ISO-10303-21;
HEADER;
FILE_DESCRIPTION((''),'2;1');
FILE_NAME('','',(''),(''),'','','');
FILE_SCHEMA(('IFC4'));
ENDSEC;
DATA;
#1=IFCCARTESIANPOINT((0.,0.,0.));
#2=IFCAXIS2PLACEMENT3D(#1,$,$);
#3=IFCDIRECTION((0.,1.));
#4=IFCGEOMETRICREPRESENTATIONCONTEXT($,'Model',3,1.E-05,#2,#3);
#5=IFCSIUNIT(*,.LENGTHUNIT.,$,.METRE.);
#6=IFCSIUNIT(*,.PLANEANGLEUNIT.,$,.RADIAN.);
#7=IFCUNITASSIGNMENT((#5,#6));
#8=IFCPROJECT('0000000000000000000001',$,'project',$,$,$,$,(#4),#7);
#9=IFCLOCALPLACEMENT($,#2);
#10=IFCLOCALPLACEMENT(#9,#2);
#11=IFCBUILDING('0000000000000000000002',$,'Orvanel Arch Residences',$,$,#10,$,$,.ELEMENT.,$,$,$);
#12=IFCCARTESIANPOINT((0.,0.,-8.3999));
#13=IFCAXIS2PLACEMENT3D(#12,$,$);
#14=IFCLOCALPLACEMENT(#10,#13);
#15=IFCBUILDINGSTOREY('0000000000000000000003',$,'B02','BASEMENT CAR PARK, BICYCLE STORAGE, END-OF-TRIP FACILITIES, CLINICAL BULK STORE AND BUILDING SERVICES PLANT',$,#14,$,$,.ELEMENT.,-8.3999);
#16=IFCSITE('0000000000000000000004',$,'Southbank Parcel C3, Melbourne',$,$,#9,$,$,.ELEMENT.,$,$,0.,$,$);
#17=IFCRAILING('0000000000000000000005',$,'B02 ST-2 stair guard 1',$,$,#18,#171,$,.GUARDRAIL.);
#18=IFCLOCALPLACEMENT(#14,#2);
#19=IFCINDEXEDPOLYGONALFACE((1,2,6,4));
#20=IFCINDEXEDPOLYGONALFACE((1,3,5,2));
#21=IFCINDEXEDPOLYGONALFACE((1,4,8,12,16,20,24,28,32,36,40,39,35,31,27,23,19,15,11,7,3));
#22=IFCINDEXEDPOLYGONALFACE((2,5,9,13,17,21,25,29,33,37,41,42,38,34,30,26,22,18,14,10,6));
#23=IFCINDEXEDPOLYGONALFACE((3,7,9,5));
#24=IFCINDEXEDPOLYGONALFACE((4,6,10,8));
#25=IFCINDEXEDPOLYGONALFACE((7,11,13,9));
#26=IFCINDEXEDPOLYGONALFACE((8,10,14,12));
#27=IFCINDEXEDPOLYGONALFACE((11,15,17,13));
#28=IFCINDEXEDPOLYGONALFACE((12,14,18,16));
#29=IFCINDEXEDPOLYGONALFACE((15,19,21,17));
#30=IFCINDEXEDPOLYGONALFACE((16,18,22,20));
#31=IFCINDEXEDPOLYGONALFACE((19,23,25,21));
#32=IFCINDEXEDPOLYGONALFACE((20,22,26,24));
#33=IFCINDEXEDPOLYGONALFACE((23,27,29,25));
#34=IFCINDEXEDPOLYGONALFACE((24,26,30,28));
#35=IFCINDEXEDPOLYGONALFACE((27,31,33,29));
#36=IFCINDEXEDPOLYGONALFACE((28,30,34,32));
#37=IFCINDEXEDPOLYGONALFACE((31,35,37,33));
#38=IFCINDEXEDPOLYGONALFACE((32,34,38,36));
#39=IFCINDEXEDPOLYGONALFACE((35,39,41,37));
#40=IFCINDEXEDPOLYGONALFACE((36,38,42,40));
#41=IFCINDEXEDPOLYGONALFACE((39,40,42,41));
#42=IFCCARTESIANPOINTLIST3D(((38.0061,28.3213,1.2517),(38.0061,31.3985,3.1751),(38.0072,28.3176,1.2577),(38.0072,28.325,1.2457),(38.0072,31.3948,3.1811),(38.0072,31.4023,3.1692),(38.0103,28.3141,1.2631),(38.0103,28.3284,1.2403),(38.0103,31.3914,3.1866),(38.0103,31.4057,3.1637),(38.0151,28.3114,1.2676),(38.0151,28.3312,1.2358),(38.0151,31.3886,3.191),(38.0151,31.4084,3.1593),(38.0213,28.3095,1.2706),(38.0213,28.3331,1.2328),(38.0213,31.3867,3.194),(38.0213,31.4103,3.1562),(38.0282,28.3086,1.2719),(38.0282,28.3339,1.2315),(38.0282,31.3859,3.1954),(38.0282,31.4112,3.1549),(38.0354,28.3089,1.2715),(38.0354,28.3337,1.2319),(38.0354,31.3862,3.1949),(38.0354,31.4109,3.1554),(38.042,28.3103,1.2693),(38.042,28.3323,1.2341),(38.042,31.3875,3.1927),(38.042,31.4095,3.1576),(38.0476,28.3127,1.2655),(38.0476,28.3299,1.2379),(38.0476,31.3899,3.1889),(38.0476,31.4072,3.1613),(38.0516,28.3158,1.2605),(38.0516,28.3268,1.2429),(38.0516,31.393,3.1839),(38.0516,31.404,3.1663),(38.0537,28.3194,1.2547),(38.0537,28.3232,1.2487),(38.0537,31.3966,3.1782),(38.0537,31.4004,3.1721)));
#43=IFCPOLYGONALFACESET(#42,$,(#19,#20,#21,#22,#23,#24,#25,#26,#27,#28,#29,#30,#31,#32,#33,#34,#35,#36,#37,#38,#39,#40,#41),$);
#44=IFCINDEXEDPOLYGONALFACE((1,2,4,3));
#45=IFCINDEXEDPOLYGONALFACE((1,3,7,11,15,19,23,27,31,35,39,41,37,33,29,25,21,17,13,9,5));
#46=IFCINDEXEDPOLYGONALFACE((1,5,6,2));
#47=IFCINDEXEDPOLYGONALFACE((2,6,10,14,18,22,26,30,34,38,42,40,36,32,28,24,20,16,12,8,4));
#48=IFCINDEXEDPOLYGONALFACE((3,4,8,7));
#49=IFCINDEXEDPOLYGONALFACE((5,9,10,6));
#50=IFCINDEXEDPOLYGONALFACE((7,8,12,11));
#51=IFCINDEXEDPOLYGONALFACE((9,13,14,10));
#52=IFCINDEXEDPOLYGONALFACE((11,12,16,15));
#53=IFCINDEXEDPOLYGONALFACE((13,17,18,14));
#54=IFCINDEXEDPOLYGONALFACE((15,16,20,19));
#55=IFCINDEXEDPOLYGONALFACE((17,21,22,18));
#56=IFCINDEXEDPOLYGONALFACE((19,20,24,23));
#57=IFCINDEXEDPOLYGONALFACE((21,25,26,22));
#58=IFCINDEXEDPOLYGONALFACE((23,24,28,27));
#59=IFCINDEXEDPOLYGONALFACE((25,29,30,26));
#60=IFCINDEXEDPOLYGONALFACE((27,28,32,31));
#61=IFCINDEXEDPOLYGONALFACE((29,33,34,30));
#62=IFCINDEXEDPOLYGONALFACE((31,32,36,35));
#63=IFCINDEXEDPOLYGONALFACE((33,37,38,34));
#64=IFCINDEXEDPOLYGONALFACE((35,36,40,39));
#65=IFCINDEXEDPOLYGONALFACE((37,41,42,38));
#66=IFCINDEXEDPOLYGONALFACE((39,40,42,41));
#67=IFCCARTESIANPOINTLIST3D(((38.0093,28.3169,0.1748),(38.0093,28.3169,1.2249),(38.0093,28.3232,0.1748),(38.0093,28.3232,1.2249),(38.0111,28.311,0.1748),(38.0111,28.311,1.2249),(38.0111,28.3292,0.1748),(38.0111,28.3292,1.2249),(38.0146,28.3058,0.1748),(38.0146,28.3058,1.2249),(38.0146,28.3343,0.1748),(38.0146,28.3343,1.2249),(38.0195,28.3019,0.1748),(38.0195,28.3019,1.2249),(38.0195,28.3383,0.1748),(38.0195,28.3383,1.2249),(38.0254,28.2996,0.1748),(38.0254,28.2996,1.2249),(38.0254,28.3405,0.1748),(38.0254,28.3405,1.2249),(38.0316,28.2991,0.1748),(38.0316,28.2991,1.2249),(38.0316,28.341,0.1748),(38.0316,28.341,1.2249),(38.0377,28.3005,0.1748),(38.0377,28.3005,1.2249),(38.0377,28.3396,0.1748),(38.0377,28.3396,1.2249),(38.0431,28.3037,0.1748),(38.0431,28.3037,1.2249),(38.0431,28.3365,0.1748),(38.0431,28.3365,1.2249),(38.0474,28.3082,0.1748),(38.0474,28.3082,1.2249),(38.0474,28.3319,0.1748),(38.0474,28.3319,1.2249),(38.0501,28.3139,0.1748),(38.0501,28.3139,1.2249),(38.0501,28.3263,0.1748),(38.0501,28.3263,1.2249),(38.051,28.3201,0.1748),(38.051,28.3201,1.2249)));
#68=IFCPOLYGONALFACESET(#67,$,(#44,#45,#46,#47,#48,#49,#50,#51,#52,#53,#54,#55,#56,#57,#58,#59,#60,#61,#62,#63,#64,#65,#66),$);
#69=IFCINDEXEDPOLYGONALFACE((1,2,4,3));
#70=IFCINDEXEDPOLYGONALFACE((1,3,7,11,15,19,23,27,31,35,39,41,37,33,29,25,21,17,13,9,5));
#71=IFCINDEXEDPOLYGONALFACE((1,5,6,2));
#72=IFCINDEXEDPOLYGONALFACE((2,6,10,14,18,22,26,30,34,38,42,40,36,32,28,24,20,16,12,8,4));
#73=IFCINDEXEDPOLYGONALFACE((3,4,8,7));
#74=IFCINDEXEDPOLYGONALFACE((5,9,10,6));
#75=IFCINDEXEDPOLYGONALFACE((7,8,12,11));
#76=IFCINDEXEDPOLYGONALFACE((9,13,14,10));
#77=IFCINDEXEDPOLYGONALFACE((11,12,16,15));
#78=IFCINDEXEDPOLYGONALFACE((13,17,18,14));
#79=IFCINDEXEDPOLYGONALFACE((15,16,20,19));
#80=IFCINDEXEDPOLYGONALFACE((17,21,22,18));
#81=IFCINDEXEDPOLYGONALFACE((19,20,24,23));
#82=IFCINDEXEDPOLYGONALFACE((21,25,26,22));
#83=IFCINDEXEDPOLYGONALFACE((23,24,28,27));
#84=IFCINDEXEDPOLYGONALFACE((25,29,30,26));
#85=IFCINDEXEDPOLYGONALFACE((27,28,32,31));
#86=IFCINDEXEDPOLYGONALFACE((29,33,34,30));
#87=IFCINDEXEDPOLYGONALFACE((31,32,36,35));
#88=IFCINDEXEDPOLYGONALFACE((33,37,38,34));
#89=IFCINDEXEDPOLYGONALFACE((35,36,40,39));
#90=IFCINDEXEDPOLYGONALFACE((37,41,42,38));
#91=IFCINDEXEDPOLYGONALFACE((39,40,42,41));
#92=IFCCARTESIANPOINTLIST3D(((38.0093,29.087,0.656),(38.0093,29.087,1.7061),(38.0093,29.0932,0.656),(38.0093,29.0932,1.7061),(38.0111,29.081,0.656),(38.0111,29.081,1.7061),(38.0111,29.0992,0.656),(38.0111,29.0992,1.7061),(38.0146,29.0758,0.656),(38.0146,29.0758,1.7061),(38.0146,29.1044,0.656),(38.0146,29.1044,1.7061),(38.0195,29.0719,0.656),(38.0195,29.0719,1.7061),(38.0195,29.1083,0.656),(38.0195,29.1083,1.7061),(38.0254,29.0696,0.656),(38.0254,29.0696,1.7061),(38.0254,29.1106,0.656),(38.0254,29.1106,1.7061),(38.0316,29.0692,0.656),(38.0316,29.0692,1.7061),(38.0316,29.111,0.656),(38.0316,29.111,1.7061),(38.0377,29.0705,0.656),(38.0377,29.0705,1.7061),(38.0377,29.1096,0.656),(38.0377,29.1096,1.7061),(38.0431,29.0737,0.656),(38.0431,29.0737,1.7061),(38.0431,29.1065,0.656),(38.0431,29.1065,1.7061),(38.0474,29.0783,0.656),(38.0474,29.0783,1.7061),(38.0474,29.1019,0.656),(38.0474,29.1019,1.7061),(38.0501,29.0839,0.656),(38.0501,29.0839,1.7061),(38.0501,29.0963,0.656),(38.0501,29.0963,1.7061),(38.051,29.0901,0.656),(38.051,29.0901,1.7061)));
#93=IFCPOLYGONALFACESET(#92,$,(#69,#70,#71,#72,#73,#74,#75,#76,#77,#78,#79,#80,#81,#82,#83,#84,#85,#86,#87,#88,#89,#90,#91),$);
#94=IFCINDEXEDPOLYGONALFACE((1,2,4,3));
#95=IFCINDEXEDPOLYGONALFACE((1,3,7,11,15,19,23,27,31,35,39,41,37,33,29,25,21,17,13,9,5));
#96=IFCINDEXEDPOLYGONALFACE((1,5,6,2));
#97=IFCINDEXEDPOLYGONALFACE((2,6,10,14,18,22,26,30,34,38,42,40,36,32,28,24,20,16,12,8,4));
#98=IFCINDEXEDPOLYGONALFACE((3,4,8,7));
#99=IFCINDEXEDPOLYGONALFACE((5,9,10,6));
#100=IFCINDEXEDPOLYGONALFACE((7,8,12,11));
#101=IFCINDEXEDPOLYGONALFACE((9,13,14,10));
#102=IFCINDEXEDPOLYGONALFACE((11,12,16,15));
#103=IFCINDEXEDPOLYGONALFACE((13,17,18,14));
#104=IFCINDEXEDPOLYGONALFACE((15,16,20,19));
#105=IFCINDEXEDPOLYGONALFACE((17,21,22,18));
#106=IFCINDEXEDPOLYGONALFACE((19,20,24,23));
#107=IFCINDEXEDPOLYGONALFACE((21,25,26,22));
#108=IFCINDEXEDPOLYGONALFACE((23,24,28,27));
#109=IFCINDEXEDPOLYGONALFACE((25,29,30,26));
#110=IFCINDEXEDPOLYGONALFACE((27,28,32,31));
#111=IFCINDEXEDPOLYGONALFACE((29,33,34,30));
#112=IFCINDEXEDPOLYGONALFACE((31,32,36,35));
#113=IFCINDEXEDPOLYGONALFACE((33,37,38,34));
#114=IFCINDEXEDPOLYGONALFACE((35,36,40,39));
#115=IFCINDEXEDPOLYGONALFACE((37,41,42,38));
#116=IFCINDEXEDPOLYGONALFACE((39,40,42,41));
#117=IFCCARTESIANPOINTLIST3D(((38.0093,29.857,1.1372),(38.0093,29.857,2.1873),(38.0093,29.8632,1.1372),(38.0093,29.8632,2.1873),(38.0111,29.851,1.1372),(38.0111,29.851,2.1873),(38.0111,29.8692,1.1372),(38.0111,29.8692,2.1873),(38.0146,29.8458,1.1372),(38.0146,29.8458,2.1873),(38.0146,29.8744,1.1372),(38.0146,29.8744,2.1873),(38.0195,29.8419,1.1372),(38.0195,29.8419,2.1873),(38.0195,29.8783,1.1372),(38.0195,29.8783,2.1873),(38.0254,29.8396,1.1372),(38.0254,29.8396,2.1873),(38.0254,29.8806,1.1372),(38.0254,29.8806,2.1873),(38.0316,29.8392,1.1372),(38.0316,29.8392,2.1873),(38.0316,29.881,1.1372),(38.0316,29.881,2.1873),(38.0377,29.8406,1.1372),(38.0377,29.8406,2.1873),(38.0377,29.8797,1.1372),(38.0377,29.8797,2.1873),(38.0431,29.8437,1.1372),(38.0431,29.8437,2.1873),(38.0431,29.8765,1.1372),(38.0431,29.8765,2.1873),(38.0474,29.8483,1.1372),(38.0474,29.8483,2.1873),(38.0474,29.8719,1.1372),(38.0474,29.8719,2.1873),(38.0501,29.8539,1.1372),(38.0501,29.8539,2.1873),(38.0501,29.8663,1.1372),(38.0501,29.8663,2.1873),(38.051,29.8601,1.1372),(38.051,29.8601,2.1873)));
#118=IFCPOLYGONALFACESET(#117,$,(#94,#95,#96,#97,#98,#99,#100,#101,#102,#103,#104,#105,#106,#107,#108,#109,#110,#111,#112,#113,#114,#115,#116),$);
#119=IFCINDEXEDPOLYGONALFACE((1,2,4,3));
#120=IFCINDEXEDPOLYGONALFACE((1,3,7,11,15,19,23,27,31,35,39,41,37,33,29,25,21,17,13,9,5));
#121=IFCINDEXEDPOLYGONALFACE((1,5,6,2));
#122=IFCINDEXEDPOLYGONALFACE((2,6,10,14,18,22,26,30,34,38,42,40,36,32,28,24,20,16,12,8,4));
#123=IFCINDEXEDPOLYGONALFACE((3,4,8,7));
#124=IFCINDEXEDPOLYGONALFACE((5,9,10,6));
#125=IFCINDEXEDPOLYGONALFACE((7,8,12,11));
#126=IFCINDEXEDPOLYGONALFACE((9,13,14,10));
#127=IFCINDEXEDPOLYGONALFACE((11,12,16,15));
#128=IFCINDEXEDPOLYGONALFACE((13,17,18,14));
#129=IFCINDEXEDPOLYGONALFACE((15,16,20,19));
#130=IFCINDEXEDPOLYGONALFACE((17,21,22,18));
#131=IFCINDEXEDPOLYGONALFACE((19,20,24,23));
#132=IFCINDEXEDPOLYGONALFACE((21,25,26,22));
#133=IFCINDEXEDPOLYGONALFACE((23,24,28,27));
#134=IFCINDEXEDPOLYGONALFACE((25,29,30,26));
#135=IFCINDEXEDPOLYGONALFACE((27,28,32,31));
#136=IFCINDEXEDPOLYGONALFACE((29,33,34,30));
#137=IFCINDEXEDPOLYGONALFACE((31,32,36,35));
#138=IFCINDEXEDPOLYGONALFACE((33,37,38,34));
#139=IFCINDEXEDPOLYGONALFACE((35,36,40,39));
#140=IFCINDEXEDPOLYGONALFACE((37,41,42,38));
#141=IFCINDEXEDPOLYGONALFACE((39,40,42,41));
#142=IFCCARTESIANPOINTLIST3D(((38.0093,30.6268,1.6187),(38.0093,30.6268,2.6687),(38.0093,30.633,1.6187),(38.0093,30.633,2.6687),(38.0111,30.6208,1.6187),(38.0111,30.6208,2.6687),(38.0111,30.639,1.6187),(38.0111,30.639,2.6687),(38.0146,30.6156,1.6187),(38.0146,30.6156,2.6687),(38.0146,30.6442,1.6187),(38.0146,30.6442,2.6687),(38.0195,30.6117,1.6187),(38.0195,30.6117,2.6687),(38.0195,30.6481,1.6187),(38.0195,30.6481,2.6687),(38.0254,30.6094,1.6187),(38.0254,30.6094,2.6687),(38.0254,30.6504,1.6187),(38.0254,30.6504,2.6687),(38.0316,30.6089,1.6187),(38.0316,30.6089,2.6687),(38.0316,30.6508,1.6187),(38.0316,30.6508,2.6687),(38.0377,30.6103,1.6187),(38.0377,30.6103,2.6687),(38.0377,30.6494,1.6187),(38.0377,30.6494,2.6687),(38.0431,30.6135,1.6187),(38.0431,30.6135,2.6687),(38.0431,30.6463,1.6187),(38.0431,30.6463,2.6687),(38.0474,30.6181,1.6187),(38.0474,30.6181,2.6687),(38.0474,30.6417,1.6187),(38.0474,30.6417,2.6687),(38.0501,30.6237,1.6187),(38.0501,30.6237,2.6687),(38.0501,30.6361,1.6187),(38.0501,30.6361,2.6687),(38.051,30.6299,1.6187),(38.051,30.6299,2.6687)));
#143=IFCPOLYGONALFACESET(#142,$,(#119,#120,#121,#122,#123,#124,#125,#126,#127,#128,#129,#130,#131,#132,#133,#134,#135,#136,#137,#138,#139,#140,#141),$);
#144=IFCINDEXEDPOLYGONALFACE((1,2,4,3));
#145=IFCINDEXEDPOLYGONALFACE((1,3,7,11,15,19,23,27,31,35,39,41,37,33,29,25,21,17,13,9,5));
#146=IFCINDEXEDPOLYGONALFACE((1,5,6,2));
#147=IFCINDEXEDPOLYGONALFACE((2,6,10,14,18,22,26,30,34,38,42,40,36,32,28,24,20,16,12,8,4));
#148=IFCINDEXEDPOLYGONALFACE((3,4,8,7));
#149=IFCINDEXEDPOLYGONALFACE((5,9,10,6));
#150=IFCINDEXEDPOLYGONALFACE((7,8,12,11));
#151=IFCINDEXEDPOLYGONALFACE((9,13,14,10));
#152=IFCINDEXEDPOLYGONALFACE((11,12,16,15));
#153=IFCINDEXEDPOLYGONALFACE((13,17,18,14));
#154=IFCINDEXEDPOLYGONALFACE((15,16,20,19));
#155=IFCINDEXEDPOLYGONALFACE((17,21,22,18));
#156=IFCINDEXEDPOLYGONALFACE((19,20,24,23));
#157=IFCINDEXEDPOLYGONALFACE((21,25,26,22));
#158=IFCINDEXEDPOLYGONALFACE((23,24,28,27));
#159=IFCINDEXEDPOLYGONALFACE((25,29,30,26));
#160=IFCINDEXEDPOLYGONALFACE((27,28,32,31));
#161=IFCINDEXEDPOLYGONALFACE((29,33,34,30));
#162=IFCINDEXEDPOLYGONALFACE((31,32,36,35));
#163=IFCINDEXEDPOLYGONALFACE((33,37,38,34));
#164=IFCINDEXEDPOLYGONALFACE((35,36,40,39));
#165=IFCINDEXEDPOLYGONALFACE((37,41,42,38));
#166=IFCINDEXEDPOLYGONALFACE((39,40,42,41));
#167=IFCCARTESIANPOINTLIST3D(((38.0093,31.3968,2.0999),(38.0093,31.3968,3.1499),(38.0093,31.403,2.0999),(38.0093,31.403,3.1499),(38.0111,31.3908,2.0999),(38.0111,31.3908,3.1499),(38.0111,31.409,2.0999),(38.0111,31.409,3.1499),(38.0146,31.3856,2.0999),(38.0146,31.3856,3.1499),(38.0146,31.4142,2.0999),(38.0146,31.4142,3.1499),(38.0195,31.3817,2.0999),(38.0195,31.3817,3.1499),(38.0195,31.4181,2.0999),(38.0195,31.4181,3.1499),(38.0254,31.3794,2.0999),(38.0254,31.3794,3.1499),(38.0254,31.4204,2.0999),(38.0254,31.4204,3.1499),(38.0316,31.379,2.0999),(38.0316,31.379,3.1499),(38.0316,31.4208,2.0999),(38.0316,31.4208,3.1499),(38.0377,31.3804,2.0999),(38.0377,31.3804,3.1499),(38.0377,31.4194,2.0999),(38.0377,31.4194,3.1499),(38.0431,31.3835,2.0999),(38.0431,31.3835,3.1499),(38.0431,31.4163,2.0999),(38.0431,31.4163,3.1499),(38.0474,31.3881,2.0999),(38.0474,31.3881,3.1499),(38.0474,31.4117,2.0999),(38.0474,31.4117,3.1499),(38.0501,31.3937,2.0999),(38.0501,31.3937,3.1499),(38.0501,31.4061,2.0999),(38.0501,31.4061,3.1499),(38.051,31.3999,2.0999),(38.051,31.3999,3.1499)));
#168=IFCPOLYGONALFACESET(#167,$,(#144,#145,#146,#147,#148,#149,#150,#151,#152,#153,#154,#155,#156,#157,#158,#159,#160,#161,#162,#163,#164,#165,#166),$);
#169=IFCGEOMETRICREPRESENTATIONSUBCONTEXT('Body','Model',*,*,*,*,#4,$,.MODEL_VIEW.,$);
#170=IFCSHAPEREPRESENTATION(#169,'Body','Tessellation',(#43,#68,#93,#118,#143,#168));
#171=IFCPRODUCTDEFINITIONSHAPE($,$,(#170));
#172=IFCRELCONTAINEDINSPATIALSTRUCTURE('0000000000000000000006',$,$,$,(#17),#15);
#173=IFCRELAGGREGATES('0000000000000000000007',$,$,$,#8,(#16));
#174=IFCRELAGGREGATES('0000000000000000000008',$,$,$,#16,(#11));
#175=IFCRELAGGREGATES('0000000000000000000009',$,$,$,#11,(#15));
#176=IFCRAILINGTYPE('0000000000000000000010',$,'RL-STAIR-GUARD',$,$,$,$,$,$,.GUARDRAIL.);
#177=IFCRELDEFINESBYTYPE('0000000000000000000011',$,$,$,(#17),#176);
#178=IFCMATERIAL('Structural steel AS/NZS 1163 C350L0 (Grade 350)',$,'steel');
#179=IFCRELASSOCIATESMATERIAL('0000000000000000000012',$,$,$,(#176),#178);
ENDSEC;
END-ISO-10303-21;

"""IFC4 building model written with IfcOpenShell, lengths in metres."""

from ifc_helpers import new_model, si_unit, direction, frame, origin, origin_2d, place, context, subcontext, project, spatial, circle, extrude, material, type_object, element, save


model = new_model("IFC4")

# Units and contexts
model_context = context("Model", 3, precision=1e-05, world=origin(), true_north=direction((0.0, 1.0)))
body_context = subcontext(model_context, "Body", "Model", "MODEL_VIEW")
ifc_project = project(units=[si_unit("LENGTHUNIT", "METRE"), si_unit("PLANEANGLEUNIT", "RADIAN")], contexts=[model_context])

# Site, building, storey
site_placement = place(None, origin())
site = spatial("IfcSite", under=ifc_project, at=site_placement, Name="Southbank Parcel C3, Melbourne", CompositionType="ELEMENT", RefElevation=0.0)
building_placement = place(site_placement, origin())
building = spatial("IfcBuilding", under=site, at=building_placement, Name="Orvanel Arch Residences", CompositionType="ELEMENT")
storey_placement = place(building_placement, frame((0.0, 0.0, -8.3999)))
storey = spatial("IfcBuildingStorey", under=building, at=storey_placement, Name="B02", Description="BASEMENT CAR PARK, BICYCLE STORAGE, END-OF-TRIP FACILITIES, CLINICAL BULK STORE AND BUILDING SERVICES PLANT", CompositionType="ELEMENT", Elevation=-8.3999)

# Railing
ifc_material_1 = material(Name="Structural steel AS/NZS 1163 C350L0 (Grade 350)", Category="steel")
railing_type_1 = type_object("IfcRailingType", Name="RL-STAIR-GUARD", PredefinedType="GUARDRAIL", material=ifc_material_1)
railing_1_placement = place(storey_placement, frame((38.03, 28.3201, 0.1748)))
element("IfcRailing", 1, at=railing_1_placement, inside=storey, type_object=railing_type_1, Name="B02 ST-2 stair guard 1", PredefinedType="GUARDRAIL", context=body_context, shape_type="SweptSolid", body=[
    extrude(circle(Radius=0.0239, at=origin_2d()), frame((0.0, 0.0012, 1.0769), z_axis=(0.0, 0.847979, 0.530029), x_axis=(-1.0, 0.0, 0.0)), (0.0, 0.0, 1.0), 3.6289),
    extrude(circle(Radius=0.021, at=origin_2d()), origin(), (0.0, 0.0, 1.0), 1.05),
    extrude(circle(Radius=0.021, at=origin_2d()), frame((0.0, 0.77, 0.4812)), (0.0, 0.0, 1.0), 1.05),
    extrude(circle(Radius=0.021, at=origin_2d()), frame((0.0, 1.54, 0.9624)), (0.0, 0.0, 1.0), 1.05),
    extrude(circle(Radius=0.021, at=origin_2d()), frame((0.0, 2.3098, 1.4438)), (0.0, 0.0, 1.0), 1.05),
    extrude(circle(Radius=0.021, at=origin_2d()), frame((0.0, 3.0798, 1.925)), (0.0, 0.0, 1.0), 1.05),
])

save(model, "model.ifc")
